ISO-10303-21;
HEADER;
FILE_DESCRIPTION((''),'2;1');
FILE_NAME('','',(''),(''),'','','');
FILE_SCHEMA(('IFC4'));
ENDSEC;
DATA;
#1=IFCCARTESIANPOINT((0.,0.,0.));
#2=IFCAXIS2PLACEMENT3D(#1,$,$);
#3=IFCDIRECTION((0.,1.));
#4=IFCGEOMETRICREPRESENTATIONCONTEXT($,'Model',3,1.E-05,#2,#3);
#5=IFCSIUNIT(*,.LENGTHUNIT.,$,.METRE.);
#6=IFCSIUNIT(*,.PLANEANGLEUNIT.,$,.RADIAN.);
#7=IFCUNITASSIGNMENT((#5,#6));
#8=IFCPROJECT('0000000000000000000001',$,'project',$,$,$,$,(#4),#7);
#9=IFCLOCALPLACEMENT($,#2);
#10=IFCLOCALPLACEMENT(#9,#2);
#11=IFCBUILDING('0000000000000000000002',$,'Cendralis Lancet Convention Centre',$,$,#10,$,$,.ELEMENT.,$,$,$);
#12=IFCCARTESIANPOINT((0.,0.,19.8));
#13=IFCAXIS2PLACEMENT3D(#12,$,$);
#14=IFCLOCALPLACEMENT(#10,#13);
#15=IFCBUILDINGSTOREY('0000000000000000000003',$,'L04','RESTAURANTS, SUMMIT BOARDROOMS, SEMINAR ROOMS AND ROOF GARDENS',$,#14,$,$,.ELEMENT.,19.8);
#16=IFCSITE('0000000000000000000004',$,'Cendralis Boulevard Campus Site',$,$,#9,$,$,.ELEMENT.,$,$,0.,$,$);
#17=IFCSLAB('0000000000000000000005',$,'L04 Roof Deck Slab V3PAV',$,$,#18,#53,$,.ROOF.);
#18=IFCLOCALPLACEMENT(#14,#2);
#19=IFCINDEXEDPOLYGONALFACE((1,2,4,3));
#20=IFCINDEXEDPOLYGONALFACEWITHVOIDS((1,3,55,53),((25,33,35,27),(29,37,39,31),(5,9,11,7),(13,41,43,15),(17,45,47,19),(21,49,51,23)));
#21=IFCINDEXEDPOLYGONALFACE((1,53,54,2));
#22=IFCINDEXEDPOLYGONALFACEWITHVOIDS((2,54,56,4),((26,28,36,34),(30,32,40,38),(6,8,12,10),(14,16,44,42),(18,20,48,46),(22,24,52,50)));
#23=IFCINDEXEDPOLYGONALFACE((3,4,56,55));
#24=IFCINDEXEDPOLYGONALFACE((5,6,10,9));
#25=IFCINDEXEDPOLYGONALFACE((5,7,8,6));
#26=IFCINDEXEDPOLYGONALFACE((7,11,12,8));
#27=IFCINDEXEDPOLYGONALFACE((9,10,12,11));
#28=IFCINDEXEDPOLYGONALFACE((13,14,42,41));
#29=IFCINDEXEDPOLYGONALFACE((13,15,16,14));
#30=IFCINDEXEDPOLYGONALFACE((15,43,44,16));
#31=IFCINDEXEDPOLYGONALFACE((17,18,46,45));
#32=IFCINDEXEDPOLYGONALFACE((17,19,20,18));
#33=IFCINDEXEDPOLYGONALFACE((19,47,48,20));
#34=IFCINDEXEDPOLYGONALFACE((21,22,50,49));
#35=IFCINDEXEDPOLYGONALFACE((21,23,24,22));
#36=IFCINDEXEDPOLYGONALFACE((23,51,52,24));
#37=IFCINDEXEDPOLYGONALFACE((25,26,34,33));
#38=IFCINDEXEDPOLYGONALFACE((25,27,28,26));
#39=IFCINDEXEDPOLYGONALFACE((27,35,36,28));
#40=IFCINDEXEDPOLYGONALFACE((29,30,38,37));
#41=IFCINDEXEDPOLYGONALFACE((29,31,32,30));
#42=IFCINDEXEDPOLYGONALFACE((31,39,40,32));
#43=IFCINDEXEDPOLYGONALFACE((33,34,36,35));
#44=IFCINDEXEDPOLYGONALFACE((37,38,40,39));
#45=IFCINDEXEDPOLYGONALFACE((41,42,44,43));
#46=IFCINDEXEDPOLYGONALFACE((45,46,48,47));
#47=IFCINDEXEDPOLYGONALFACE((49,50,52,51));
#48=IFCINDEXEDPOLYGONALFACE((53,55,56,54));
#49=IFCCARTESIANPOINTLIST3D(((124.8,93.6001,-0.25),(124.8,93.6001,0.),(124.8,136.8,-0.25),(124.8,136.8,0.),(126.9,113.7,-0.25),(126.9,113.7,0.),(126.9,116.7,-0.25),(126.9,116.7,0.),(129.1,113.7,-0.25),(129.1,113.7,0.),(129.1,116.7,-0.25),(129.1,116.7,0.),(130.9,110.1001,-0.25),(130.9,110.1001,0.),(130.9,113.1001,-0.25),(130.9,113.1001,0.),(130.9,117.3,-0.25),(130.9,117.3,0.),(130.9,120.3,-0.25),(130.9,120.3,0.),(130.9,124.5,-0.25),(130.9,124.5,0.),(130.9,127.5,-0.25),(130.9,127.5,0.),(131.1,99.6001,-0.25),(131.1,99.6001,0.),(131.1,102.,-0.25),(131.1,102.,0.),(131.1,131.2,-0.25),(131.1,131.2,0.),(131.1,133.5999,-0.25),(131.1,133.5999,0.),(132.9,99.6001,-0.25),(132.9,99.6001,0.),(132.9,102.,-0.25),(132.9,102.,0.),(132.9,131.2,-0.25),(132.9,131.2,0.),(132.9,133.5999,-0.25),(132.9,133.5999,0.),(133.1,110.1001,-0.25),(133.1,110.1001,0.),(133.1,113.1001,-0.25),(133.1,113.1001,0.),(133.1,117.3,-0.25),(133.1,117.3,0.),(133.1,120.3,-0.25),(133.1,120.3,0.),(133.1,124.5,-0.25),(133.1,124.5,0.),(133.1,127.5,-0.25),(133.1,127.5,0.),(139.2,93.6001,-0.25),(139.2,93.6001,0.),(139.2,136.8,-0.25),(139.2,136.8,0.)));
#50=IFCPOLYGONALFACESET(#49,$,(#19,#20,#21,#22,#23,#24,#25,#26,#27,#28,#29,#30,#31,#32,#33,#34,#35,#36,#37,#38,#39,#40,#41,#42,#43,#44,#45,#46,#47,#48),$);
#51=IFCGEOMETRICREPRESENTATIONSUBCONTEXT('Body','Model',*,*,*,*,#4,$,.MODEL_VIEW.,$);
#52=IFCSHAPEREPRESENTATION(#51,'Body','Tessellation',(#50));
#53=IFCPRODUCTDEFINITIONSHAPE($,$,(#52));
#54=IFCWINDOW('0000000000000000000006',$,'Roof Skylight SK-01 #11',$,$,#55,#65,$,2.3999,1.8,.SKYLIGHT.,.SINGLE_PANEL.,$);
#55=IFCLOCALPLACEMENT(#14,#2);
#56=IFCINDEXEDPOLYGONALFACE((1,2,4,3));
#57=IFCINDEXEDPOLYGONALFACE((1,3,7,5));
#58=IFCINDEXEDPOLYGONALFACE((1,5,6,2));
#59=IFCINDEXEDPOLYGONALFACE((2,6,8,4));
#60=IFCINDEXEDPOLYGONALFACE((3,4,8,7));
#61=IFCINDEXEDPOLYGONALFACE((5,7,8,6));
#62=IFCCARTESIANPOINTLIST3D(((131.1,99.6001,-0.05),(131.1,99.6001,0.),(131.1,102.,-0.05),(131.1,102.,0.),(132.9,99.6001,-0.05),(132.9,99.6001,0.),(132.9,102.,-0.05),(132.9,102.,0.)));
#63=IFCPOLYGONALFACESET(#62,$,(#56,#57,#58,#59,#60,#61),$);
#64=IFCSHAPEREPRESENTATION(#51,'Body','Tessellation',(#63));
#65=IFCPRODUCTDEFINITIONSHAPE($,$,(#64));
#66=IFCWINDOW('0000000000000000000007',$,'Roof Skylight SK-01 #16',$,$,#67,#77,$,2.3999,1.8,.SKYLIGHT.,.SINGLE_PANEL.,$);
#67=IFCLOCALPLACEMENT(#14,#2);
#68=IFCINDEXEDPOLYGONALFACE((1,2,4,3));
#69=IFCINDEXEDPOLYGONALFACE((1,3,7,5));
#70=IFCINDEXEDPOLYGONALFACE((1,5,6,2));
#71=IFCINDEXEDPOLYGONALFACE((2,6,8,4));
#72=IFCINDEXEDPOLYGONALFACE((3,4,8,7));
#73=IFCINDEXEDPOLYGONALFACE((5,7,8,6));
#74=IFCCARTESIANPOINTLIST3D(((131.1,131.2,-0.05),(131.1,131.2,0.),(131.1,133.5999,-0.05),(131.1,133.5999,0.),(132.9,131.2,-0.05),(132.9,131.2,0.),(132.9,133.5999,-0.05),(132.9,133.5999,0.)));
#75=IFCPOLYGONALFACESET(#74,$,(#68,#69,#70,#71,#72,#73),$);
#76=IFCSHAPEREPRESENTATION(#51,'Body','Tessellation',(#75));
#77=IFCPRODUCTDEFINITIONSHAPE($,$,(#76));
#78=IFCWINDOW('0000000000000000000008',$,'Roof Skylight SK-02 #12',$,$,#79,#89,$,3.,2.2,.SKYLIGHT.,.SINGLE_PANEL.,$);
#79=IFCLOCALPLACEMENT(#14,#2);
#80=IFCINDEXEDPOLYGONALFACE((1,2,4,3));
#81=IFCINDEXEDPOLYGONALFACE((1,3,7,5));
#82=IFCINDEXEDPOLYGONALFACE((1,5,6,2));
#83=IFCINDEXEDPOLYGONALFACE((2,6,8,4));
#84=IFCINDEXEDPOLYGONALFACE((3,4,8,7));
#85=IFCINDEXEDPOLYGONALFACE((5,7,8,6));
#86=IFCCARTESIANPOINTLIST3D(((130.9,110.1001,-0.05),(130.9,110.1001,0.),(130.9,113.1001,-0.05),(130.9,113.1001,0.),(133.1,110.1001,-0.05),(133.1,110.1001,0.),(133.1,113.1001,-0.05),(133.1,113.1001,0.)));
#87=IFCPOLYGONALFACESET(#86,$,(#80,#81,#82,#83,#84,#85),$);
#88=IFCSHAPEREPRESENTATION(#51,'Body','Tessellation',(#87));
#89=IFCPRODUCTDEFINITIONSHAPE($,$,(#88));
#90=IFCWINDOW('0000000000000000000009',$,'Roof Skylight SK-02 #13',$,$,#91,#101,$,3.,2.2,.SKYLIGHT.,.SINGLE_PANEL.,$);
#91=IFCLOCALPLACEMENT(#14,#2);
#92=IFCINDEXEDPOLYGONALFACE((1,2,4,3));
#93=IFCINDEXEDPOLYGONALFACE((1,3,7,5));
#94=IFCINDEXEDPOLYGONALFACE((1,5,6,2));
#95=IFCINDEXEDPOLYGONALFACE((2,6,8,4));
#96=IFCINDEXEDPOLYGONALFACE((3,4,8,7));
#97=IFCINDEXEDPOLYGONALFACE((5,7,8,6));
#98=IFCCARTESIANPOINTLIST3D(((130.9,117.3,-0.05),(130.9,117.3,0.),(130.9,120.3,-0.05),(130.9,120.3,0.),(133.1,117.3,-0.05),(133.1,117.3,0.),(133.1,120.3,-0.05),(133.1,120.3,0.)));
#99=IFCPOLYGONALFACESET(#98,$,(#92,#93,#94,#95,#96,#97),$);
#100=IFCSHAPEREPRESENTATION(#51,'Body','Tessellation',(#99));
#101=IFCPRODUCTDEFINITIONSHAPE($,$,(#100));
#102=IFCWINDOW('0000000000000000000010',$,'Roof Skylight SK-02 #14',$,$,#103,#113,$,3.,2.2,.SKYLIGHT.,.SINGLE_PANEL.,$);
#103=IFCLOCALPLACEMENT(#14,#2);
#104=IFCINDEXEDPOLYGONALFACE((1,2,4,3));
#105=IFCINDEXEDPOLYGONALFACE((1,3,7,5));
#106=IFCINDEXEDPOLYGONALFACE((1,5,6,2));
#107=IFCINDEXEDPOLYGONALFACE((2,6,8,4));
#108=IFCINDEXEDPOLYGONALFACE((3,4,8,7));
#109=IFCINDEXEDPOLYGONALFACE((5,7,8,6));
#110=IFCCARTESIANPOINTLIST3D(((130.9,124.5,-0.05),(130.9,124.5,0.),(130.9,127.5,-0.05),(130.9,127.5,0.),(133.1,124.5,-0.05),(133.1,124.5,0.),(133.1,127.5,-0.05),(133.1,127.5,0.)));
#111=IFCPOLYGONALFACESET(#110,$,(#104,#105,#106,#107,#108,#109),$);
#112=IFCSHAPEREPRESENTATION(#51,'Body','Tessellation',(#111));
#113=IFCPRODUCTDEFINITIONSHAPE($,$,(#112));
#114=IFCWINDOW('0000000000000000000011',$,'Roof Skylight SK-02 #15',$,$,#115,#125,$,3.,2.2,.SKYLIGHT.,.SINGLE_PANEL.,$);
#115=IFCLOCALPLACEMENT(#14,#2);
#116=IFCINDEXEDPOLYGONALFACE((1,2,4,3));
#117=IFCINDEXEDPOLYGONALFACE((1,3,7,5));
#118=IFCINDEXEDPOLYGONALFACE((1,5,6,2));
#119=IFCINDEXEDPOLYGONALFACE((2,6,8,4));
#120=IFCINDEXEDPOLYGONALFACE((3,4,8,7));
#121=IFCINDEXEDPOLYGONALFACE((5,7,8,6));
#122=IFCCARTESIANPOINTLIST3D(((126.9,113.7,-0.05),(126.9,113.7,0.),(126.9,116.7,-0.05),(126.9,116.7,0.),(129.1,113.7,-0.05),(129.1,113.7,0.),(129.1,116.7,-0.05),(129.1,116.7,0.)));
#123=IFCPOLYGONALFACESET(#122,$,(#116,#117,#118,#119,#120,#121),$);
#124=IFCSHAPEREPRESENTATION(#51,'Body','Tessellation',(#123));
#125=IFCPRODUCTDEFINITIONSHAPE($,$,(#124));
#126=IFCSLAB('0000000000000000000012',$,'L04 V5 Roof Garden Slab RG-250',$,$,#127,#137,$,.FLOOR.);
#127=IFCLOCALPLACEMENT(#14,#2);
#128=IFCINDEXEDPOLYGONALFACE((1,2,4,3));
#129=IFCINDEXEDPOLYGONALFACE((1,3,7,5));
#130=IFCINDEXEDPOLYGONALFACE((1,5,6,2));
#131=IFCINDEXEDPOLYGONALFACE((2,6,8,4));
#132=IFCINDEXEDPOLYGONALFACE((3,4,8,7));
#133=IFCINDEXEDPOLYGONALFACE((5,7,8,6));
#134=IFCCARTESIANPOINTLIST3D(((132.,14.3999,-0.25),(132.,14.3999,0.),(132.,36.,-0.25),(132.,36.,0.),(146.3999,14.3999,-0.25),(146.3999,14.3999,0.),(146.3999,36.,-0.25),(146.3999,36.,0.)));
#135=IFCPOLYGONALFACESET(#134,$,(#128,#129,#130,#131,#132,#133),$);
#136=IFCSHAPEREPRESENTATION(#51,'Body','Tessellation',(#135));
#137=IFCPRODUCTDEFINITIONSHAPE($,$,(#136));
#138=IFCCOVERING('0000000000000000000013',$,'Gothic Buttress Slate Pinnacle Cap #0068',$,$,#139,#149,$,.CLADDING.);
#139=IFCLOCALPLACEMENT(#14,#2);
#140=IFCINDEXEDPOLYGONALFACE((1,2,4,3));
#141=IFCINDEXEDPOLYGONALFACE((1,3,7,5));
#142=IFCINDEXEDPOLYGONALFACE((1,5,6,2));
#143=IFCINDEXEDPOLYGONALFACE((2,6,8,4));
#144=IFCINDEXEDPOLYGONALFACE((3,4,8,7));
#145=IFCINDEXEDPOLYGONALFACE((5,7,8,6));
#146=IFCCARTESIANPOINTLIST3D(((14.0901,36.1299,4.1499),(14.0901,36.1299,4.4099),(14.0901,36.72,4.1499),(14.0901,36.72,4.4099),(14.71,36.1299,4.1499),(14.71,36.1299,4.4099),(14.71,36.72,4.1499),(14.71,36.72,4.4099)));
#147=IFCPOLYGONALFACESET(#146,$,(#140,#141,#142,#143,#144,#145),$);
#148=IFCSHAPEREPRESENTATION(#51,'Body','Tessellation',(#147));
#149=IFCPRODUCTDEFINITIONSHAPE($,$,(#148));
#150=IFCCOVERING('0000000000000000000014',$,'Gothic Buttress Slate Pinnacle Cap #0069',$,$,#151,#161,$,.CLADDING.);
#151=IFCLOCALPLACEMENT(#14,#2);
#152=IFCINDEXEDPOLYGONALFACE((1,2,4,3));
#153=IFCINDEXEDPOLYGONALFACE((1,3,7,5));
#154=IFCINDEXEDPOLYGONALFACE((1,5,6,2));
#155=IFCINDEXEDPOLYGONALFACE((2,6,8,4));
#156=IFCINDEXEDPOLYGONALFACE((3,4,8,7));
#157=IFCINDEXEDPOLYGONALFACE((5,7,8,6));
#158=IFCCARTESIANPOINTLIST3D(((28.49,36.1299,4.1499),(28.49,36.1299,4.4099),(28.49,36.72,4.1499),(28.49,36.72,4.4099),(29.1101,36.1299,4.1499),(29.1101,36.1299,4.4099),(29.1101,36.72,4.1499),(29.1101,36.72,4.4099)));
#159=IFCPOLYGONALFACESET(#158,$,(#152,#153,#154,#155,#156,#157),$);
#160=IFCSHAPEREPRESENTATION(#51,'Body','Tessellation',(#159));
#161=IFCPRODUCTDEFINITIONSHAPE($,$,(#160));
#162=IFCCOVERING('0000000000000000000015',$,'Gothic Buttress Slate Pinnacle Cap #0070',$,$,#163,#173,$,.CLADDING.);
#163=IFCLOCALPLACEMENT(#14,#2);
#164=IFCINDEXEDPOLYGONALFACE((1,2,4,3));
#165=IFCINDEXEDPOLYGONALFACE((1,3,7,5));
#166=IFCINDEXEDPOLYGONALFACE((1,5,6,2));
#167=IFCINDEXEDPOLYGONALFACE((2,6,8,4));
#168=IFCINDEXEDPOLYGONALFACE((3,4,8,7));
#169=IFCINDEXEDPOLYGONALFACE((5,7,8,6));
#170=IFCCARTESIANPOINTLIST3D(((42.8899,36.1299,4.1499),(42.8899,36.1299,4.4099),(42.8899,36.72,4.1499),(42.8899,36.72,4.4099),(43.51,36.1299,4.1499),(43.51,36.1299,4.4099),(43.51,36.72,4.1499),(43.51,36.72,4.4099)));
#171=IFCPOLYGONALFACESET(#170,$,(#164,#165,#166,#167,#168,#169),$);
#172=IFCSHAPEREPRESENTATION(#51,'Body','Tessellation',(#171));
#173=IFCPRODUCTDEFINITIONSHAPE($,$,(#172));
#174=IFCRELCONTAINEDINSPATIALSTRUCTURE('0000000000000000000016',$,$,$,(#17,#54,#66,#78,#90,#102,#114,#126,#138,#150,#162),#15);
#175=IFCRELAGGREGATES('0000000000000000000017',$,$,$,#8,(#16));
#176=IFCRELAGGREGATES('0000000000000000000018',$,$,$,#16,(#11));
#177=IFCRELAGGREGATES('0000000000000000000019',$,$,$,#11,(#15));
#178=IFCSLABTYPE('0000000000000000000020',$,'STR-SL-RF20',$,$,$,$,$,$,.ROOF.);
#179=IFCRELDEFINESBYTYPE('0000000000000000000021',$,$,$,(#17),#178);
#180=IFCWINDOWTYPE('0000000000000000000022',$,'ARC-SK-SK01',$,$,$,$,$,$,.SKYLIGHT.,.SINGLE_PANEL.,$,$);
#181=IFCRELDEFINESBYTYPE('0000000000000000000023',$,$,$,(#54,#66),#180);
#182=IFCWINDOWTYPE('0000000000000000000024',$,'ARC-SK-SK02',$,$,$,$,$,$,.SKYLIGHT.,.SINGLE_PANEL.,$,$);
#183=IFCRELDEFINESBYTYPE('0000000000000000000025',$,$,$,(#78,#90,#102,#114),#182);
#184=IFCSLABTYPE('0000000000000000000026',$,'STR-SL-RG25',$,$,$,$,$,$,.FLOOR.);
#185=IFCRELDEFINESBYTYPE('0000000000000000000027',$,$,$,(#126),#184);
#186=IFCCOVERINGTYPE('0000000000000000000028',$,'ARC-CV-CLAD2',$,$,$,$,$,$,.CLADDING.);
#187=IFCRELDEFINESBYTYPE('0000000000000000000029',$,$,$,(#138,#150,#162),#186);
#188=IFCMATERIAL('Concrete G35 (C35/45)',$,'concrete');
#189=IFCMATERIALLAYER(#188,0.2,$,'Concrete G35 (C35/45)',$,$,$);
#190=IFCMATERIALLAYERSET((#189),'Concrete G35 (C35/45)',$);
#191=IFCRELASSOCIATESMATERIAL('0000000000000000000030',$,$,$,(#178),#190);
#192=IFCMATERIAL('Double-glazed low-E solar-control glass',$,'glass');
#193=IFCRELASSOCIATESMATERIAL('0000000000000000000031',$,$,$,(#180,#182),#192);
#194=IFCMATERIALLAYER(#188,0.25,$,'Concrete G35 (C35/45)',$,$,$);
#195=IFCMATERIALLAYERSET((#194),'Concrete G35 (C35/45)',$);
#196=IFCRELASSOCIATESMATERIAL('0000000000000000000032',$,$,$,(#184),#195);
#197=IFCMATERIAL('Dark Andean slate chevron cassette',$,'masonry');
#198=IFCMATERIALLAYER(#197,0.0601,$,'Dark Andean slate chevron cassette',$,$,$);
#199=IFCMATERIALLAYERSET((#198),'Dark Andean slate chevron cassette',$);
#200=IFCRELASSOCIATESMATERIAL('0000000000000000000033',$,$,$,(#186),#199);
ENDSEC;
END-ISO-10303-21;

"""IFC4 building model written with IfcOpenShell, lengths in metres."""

from ifc_helpers import new_model, si_unit, direction, frame, origin, origin_2d, place, context, subcontext, project, spatial, polyline, rectangle, outline, extrude, material, layer, layer_set, type_object, element, fill, save


model = new_model("IFC4")

# Units and contexts
model_context = context("Model", 3, precision=1e-05, world=origin(), true_north=direction((0.0, 1.0)))
body_context = subcontext(model_context, "Body", "Model", "MODEL_VIEW")
ifc_project = project(units=[si_unit("LENGTHUNIT", "METRE"), si_unit("PLANEANGLEUNIT", "RADIAN")], contexts=[model_context])

# Site, building, storey
site_placement = place(None, origin())
site = spatial("IfcSite", under=ifc_project, at=site_placement, Name="Cendralis Boulevard Campus Site", CompositionType="ELEMENT", RefElevation=0.0)
building_placement = place(site_placement, origin())
building = spatial("IfcBuilding", under=site, at=building_placement, Name="Cendralis Lancet Convention Centre", CompositionType="ELEMENT")
storey_placement = place(building_placement, frame((0.0, 0.0, 19.8)))
storey = spatial("IfcBuildingStorey", under=building, at=storey_placement, Name="L04", Description="RESTAURANTS, SUMMIT BOARDROOMS, SEMINAR ROOMS AND ROOF GARDENS", CompositionType="ELEMENT", Elevation=19.8)

# Shared definitions
ifc_material_1 = material(Name="Concrete G35 (C35/45)", Category="concrete")

# Slab, openings, windows
ifc_layer_1 = layer(ifc_material_1, 0.2, Name="Concrete G35 (C35/45)")
ifc_layer_set_1 = layer_set([ifc_layer_1], Name="Concrete G35 (C35/45)")
slab_type_1 = type_object("IfcSlabType", Name="STR-SL-RF20", PredefinedType="ROOF", material=ifc_layer_set_1)
slab_1_placement = place(storey_placement, frame((0.0, 0.0, -0.25)))
slab_1 = element("IfcSlab", 1, at=slab_1_placement, inside=storey, type_object=slab_type_1, Name="L04 Roof Deck Slab V3PAV", PredefinedType="ROOF", context=body_context, shape_type="SweptSolid", body=[
    extrude(outline(polyline([(124.8, 93.6001), (139.2, 93.6001), (139.2, 136.8), (124.8, 136.8), (124.8, 93.6001)])), origin(), (0.0, 0.0, 1.0), 0.25),
])
opening_1_placement = place(slab_1_placement, frame((132.0, 100.8, -0.01)))
opening_1 = element("IfcOpeningElement", 2, at=opening_1_placement, cuts=slab_1, PredefinedType="OPENING", context=body_context, shape_type="SweptSolid", body=[
    extrude(rectangle(XDim=1.8, YDim=2.3999, at=origin_2d()), origin(), (0.0, 0.0, 1.0), 0.27),
])
opening_2_placement = place(slab_1_placement, frame((132.0, 111.6001, -0.01)))
opening_2 = element("IfcOpeningElement", 3, at=opening_2_placement, cuts=slab_1, PredefinedType="OPENING", context=body_context, shape_type="SweptSolid", body=[
    extrude(rectangle(XDim=2.2, YDim=3.0, at=origin_2d()), origin(), (0.0, 0.0, 1.0), 0.27),
])
opening_3_placement = place(slab_1_placement, frame((132.0, 118.8, -0.01)))
opening_3 = element("IfcOpeningElement", 4, at=opening_3_placement, cuts=slab_1, PredefinedType="OPENING", context=body_context, shape_type="SweptSolid", body=[
    extrude(rectangle(XDim=2.2, YDim=3.0, at=origin_2d()), origin(), (0.0, 0.0, 1.0), 0.27),
])
opening_4_placement = place(slab_1_placement, frame((132.0, 126.0, -0.01)))
opening_4 = element("IfcOpeningElement", 5, at=opening_4_placement, cuts=slab_1, PredefinedType="OPENING", context=body_context, shape_type="SweptSolid", body=[
    extrude(rectangle(XDim=2.2, YDim=3.0, at=origin_2d()), origin(), (0.0, 0.0, 1.0), 0.27),
])
opening_5_placement = place(slab_1_placement, frame((128.0, 115.2, -0.01)))
opening_5 = element("IfcOpeningElement", 6, at=opening_5_placement, cuts=slab_1, PredefinedType="OPENING", context=body_context, shape_type="SweptSolid", body=[
    extrude(rectangle(XDim=2.2, YDim=3.0, at=origin_2d()), origin(), (0.0, 0.0, 1.0), 0.27),
])
opening_6_placement = place(slab_1_placement, frame((132.0, 132.3999, -0.01)))
opening_6 = element("IfcOpeningElement", 7, at=opening_6_placement, cuts=slab_1, PredefinedType="OPENING", context=body_context, shape_type="SweptSolid", body=[
    extrude(rectangle(XDim=1.8, YDim=2.3999, at=origin_2d()), origin(), (0.0, 0.0, 1.0), 0.27),
])
ifc_material_2 = material(Name="Double-glazed low-E solar-control glass", Category="glass")
window_type_1 = type_object("IfcWindowType", Name="ARC-SK-SK01", PartitioningType="SINGLE_PANEL", PredefinedType="SKYLIGHT", material=ifc_material_2)
window_1_placement = place(slab_1_placement, frame((132.0, 100.8, 0.2)))
window_1 = element("IfcWindow", 8, at=window_1_placement, inside=storey, type_object=window_type_1, Name="Roof Skylight SK-01 #11", OverallHeight=2.3999, OverallWidth=1.8, PartitioningType="SINGLE_PANEL", PredefinedType="SKYLIGHT", context=body_context, shape_type="SweptSolid", body=[
    extrude(rectangle(XDim=1.8, YDim=2.3999, at=origin_2d()), origin(), (0.0, 0.0, 1.0), 0.05),
])
fill(opening_1, window_1)
window_2_placement = place(slab_1_placement, frame((132.0, 132.3999, 0.2)))
window_2 = element("IfcWindow", 9, at=window_2_placement, inside=storey, type_object=window_type_1, Name="Roof Skylight SK-01 #16", OverallHeight=2.3999, OverallWidth=1.8, PartitioningType="SINGLE_PANEL", PredefinedType="SKYLIGHT", context=body_context, shape_type="SweptSolid", body=[
    extrude(rectangle(XDim=1.8, YDim=2.3999, at=origin_2d()), origin(), (0.0, 0.0, 1.0), 0.05),
])
fill(opening_6, window_2)
window_type_2 = type_object("IfcWindowType", Name="ARC-SK-SK02", PartitioningType="SINGLE_PANEL", PredefinedType="SKYLIGHT", material=ifc_material_2)
window_3_placement = place(slab_1_placement, frame((132.0, 111.6001, 0.2)))
window_3 = element("IfcWindow", 10, at=window_3_placement, inside=storey, type_object=window_type_2, Name="Roof Skylight SK-02 #12", OverallHeight=3.0, OverallWidth=2.2, PartitioningType="SINGLE_PANEL", PredefinedType="SKYLIGHT", context=body_context, shape_type="SweptSolid", body=[
    extrude(rectangle(XDim=2.2, YDim=3.0, at=origin_2d()), origin(), (0.0, 0.0, 1.0), 0.05),
])
fill(opening_2, window_3)
window_4_placement = place(slab_1_placement, frame((132.0, 118.8, 0.2)))
window_4 = element("IfcWindow", 11, at=window_4_placement, inside=storey, type_object=window_type_2, Name="Roof Skylight SK-02 #13", OverallHeight=3.0, OverallWidth=2.2, PartitioningType="SINGLE_PANEL", PredefinedType="SKYLIGHT", context=body_context, shape_type="SweptSolid", body=[
    extrude(rectangle(XDim=2.2, YDim=3.0, at=origin_2d()), origin(), (0.0, 0.0, 1.0), 0.05),
])
fill(opening_3, window_4)
window_5_placement = place(slab_1_placement, frame((132.0, 126.0, 0.2)))
window_5 = element("IfcWindow", 12, at=window_5_placement, inside=storey, type_object=window_type_2, Name="Roof Skylight SK-02 #14", OverallHeight=3.0, OverallWidth=2.2, PartitioningType="SINGLE_PANEL", PredefinedType="SKYLIGHT", context=body_context, shape_type="SweptSolid", body=[
    extrude(rectangle(XDim=2.2, YDim=3.0, at=origin_2d()), origin(), (0.0, 0.0, 1.0), 0.05),
])
fill(opening_4, window_5)
window_6_placement = place(slab_1_placement, frame((128.0, 115.2, 0.2)))
window_6 = element("IfcWindow", 13, at=window_6_placement, inside=storey, type_object=window_type_2, Name="Roof Skylight SK-02 #15", OverallHeight=3.0, OverallWidth=2.2, PartitioningType="SINGLE_PANEL", PredefinedType="SKYLIGHT", context=body_context, shape_type="SweptSolid", body=[
    extrude(rectangle(XDim=2.2, YDim=3.0, at=origin_2d()), origin(), (0.0, 0.0, 1.0), 0.05),
])
fill(opening_5, window_6)

# Slab
ifc_layer_2 = layer(ifc_material_1, 0.25, Name="Concrete G35 (C35/45)")
ifc_layer_set_2 = layer_set([ifc_layer_2], Name="Concrete G35 (C35/45)")
slab_type_2 = type_object("IfcSlabType", Name="STR-SL-RG25", PredefinedType="FLOOR", material=ifc_layer_set_2)
slab_2_placement = place(storey_placement, frame((0.0, 0.0, -0.25)))
element("IfcSlab", 14, at=slab_2_placement, inside=storey, type_object=slab_type_2, Name="L04 V5 Roof Garden Slab RG-250", PredefinedType="FLOOR", context=body_context, shape_type="SweptSolid", body=[
    extrude(outline(polyline([(132.0, 14.3999), (146.3999, 14.3999), (146.3999, 36.0), (132.0, 36.0), (132.0, 14.3999)])), origin(), (0.0, 0.0, 1.0), 0.25),
])

# Coverings
ifc_material_3 = material(Name="Dark Andean slate chevron cassette", Category="masonry")
ifc_layer_3 = layer(ifc_material_3, 0.0601, Name="Dark Andean slate chevron cassette")
ifc_layer_set_3 = layer_set([ifc_layer_3], Name="Dark Andean slate chevron cassette")
covering_type_1 = type_object("IfcCoveringType", Name="ARC-CV-CLAD2", PredefinedType="CLADDING", material=ifc_layer_set_3)
covering_1_placement = place(storey_placement, frame((0.0, 0.0, 4.1499)))
element("IfcCovering", 15, at=covering_1_placement, inside=storey, type_object=covering_type_1, Name="Gothic Buttress Slate Pinnacle Cap #0068", PredefinedType="CLADDING", context=body_context, shape_type="SweptSolid", body=[
    extrude(outline(polyline([(14.71, 36.72), (14.0901, 36.72), (14.0901, 36.1299), (14.71, 36.1299), (14.71, 36.72)])), origin(), (0.0, 0.0, 1.0), 0.26),
])
covering_2_placement = place(storey_placement, frame((0.0, 0.0, 4.1499)))
element("IfcCovering", 16, at=covering_2_placement, inside=storey, type_object=covering_type_1, Name="Gothic Buttress Slate Pinnacle Cap #0069", PredefinedType="CLADDING", context=body_context, shape_type="SweptSolid", body=[
    extrude(outline(polyline([(29.1101, 36.72), (28.49, 36.72), (28.49, 36.1299), (29.1101, 36.1299), (29.1101, 36.72)])), origin(), (0.0, 0.0, 1.0), 0.26),
])
covering_3_placement = place(storey_placement, frame((0.0, 0.0, 4.1499)))
element("IfcCovering", 17, at=covering_3_placement, inside=storey, type_object=covering_type_1, Name="Gothic Buttress Slate Pinnacle Cap #0070", PredefinedType="CLADDING", context=body_context, shape_type="SweptSolid", body=[
    extrude(outline(polyline([(43.51, 36.72), (42.8899, 36.72), (42.8899, 36.1299), (43.51, 36.1299), (43.51, 36.72)])), origin(), (0.0, 0.0, 1.0), 0.26),
])

save(model, "model.ifc")
